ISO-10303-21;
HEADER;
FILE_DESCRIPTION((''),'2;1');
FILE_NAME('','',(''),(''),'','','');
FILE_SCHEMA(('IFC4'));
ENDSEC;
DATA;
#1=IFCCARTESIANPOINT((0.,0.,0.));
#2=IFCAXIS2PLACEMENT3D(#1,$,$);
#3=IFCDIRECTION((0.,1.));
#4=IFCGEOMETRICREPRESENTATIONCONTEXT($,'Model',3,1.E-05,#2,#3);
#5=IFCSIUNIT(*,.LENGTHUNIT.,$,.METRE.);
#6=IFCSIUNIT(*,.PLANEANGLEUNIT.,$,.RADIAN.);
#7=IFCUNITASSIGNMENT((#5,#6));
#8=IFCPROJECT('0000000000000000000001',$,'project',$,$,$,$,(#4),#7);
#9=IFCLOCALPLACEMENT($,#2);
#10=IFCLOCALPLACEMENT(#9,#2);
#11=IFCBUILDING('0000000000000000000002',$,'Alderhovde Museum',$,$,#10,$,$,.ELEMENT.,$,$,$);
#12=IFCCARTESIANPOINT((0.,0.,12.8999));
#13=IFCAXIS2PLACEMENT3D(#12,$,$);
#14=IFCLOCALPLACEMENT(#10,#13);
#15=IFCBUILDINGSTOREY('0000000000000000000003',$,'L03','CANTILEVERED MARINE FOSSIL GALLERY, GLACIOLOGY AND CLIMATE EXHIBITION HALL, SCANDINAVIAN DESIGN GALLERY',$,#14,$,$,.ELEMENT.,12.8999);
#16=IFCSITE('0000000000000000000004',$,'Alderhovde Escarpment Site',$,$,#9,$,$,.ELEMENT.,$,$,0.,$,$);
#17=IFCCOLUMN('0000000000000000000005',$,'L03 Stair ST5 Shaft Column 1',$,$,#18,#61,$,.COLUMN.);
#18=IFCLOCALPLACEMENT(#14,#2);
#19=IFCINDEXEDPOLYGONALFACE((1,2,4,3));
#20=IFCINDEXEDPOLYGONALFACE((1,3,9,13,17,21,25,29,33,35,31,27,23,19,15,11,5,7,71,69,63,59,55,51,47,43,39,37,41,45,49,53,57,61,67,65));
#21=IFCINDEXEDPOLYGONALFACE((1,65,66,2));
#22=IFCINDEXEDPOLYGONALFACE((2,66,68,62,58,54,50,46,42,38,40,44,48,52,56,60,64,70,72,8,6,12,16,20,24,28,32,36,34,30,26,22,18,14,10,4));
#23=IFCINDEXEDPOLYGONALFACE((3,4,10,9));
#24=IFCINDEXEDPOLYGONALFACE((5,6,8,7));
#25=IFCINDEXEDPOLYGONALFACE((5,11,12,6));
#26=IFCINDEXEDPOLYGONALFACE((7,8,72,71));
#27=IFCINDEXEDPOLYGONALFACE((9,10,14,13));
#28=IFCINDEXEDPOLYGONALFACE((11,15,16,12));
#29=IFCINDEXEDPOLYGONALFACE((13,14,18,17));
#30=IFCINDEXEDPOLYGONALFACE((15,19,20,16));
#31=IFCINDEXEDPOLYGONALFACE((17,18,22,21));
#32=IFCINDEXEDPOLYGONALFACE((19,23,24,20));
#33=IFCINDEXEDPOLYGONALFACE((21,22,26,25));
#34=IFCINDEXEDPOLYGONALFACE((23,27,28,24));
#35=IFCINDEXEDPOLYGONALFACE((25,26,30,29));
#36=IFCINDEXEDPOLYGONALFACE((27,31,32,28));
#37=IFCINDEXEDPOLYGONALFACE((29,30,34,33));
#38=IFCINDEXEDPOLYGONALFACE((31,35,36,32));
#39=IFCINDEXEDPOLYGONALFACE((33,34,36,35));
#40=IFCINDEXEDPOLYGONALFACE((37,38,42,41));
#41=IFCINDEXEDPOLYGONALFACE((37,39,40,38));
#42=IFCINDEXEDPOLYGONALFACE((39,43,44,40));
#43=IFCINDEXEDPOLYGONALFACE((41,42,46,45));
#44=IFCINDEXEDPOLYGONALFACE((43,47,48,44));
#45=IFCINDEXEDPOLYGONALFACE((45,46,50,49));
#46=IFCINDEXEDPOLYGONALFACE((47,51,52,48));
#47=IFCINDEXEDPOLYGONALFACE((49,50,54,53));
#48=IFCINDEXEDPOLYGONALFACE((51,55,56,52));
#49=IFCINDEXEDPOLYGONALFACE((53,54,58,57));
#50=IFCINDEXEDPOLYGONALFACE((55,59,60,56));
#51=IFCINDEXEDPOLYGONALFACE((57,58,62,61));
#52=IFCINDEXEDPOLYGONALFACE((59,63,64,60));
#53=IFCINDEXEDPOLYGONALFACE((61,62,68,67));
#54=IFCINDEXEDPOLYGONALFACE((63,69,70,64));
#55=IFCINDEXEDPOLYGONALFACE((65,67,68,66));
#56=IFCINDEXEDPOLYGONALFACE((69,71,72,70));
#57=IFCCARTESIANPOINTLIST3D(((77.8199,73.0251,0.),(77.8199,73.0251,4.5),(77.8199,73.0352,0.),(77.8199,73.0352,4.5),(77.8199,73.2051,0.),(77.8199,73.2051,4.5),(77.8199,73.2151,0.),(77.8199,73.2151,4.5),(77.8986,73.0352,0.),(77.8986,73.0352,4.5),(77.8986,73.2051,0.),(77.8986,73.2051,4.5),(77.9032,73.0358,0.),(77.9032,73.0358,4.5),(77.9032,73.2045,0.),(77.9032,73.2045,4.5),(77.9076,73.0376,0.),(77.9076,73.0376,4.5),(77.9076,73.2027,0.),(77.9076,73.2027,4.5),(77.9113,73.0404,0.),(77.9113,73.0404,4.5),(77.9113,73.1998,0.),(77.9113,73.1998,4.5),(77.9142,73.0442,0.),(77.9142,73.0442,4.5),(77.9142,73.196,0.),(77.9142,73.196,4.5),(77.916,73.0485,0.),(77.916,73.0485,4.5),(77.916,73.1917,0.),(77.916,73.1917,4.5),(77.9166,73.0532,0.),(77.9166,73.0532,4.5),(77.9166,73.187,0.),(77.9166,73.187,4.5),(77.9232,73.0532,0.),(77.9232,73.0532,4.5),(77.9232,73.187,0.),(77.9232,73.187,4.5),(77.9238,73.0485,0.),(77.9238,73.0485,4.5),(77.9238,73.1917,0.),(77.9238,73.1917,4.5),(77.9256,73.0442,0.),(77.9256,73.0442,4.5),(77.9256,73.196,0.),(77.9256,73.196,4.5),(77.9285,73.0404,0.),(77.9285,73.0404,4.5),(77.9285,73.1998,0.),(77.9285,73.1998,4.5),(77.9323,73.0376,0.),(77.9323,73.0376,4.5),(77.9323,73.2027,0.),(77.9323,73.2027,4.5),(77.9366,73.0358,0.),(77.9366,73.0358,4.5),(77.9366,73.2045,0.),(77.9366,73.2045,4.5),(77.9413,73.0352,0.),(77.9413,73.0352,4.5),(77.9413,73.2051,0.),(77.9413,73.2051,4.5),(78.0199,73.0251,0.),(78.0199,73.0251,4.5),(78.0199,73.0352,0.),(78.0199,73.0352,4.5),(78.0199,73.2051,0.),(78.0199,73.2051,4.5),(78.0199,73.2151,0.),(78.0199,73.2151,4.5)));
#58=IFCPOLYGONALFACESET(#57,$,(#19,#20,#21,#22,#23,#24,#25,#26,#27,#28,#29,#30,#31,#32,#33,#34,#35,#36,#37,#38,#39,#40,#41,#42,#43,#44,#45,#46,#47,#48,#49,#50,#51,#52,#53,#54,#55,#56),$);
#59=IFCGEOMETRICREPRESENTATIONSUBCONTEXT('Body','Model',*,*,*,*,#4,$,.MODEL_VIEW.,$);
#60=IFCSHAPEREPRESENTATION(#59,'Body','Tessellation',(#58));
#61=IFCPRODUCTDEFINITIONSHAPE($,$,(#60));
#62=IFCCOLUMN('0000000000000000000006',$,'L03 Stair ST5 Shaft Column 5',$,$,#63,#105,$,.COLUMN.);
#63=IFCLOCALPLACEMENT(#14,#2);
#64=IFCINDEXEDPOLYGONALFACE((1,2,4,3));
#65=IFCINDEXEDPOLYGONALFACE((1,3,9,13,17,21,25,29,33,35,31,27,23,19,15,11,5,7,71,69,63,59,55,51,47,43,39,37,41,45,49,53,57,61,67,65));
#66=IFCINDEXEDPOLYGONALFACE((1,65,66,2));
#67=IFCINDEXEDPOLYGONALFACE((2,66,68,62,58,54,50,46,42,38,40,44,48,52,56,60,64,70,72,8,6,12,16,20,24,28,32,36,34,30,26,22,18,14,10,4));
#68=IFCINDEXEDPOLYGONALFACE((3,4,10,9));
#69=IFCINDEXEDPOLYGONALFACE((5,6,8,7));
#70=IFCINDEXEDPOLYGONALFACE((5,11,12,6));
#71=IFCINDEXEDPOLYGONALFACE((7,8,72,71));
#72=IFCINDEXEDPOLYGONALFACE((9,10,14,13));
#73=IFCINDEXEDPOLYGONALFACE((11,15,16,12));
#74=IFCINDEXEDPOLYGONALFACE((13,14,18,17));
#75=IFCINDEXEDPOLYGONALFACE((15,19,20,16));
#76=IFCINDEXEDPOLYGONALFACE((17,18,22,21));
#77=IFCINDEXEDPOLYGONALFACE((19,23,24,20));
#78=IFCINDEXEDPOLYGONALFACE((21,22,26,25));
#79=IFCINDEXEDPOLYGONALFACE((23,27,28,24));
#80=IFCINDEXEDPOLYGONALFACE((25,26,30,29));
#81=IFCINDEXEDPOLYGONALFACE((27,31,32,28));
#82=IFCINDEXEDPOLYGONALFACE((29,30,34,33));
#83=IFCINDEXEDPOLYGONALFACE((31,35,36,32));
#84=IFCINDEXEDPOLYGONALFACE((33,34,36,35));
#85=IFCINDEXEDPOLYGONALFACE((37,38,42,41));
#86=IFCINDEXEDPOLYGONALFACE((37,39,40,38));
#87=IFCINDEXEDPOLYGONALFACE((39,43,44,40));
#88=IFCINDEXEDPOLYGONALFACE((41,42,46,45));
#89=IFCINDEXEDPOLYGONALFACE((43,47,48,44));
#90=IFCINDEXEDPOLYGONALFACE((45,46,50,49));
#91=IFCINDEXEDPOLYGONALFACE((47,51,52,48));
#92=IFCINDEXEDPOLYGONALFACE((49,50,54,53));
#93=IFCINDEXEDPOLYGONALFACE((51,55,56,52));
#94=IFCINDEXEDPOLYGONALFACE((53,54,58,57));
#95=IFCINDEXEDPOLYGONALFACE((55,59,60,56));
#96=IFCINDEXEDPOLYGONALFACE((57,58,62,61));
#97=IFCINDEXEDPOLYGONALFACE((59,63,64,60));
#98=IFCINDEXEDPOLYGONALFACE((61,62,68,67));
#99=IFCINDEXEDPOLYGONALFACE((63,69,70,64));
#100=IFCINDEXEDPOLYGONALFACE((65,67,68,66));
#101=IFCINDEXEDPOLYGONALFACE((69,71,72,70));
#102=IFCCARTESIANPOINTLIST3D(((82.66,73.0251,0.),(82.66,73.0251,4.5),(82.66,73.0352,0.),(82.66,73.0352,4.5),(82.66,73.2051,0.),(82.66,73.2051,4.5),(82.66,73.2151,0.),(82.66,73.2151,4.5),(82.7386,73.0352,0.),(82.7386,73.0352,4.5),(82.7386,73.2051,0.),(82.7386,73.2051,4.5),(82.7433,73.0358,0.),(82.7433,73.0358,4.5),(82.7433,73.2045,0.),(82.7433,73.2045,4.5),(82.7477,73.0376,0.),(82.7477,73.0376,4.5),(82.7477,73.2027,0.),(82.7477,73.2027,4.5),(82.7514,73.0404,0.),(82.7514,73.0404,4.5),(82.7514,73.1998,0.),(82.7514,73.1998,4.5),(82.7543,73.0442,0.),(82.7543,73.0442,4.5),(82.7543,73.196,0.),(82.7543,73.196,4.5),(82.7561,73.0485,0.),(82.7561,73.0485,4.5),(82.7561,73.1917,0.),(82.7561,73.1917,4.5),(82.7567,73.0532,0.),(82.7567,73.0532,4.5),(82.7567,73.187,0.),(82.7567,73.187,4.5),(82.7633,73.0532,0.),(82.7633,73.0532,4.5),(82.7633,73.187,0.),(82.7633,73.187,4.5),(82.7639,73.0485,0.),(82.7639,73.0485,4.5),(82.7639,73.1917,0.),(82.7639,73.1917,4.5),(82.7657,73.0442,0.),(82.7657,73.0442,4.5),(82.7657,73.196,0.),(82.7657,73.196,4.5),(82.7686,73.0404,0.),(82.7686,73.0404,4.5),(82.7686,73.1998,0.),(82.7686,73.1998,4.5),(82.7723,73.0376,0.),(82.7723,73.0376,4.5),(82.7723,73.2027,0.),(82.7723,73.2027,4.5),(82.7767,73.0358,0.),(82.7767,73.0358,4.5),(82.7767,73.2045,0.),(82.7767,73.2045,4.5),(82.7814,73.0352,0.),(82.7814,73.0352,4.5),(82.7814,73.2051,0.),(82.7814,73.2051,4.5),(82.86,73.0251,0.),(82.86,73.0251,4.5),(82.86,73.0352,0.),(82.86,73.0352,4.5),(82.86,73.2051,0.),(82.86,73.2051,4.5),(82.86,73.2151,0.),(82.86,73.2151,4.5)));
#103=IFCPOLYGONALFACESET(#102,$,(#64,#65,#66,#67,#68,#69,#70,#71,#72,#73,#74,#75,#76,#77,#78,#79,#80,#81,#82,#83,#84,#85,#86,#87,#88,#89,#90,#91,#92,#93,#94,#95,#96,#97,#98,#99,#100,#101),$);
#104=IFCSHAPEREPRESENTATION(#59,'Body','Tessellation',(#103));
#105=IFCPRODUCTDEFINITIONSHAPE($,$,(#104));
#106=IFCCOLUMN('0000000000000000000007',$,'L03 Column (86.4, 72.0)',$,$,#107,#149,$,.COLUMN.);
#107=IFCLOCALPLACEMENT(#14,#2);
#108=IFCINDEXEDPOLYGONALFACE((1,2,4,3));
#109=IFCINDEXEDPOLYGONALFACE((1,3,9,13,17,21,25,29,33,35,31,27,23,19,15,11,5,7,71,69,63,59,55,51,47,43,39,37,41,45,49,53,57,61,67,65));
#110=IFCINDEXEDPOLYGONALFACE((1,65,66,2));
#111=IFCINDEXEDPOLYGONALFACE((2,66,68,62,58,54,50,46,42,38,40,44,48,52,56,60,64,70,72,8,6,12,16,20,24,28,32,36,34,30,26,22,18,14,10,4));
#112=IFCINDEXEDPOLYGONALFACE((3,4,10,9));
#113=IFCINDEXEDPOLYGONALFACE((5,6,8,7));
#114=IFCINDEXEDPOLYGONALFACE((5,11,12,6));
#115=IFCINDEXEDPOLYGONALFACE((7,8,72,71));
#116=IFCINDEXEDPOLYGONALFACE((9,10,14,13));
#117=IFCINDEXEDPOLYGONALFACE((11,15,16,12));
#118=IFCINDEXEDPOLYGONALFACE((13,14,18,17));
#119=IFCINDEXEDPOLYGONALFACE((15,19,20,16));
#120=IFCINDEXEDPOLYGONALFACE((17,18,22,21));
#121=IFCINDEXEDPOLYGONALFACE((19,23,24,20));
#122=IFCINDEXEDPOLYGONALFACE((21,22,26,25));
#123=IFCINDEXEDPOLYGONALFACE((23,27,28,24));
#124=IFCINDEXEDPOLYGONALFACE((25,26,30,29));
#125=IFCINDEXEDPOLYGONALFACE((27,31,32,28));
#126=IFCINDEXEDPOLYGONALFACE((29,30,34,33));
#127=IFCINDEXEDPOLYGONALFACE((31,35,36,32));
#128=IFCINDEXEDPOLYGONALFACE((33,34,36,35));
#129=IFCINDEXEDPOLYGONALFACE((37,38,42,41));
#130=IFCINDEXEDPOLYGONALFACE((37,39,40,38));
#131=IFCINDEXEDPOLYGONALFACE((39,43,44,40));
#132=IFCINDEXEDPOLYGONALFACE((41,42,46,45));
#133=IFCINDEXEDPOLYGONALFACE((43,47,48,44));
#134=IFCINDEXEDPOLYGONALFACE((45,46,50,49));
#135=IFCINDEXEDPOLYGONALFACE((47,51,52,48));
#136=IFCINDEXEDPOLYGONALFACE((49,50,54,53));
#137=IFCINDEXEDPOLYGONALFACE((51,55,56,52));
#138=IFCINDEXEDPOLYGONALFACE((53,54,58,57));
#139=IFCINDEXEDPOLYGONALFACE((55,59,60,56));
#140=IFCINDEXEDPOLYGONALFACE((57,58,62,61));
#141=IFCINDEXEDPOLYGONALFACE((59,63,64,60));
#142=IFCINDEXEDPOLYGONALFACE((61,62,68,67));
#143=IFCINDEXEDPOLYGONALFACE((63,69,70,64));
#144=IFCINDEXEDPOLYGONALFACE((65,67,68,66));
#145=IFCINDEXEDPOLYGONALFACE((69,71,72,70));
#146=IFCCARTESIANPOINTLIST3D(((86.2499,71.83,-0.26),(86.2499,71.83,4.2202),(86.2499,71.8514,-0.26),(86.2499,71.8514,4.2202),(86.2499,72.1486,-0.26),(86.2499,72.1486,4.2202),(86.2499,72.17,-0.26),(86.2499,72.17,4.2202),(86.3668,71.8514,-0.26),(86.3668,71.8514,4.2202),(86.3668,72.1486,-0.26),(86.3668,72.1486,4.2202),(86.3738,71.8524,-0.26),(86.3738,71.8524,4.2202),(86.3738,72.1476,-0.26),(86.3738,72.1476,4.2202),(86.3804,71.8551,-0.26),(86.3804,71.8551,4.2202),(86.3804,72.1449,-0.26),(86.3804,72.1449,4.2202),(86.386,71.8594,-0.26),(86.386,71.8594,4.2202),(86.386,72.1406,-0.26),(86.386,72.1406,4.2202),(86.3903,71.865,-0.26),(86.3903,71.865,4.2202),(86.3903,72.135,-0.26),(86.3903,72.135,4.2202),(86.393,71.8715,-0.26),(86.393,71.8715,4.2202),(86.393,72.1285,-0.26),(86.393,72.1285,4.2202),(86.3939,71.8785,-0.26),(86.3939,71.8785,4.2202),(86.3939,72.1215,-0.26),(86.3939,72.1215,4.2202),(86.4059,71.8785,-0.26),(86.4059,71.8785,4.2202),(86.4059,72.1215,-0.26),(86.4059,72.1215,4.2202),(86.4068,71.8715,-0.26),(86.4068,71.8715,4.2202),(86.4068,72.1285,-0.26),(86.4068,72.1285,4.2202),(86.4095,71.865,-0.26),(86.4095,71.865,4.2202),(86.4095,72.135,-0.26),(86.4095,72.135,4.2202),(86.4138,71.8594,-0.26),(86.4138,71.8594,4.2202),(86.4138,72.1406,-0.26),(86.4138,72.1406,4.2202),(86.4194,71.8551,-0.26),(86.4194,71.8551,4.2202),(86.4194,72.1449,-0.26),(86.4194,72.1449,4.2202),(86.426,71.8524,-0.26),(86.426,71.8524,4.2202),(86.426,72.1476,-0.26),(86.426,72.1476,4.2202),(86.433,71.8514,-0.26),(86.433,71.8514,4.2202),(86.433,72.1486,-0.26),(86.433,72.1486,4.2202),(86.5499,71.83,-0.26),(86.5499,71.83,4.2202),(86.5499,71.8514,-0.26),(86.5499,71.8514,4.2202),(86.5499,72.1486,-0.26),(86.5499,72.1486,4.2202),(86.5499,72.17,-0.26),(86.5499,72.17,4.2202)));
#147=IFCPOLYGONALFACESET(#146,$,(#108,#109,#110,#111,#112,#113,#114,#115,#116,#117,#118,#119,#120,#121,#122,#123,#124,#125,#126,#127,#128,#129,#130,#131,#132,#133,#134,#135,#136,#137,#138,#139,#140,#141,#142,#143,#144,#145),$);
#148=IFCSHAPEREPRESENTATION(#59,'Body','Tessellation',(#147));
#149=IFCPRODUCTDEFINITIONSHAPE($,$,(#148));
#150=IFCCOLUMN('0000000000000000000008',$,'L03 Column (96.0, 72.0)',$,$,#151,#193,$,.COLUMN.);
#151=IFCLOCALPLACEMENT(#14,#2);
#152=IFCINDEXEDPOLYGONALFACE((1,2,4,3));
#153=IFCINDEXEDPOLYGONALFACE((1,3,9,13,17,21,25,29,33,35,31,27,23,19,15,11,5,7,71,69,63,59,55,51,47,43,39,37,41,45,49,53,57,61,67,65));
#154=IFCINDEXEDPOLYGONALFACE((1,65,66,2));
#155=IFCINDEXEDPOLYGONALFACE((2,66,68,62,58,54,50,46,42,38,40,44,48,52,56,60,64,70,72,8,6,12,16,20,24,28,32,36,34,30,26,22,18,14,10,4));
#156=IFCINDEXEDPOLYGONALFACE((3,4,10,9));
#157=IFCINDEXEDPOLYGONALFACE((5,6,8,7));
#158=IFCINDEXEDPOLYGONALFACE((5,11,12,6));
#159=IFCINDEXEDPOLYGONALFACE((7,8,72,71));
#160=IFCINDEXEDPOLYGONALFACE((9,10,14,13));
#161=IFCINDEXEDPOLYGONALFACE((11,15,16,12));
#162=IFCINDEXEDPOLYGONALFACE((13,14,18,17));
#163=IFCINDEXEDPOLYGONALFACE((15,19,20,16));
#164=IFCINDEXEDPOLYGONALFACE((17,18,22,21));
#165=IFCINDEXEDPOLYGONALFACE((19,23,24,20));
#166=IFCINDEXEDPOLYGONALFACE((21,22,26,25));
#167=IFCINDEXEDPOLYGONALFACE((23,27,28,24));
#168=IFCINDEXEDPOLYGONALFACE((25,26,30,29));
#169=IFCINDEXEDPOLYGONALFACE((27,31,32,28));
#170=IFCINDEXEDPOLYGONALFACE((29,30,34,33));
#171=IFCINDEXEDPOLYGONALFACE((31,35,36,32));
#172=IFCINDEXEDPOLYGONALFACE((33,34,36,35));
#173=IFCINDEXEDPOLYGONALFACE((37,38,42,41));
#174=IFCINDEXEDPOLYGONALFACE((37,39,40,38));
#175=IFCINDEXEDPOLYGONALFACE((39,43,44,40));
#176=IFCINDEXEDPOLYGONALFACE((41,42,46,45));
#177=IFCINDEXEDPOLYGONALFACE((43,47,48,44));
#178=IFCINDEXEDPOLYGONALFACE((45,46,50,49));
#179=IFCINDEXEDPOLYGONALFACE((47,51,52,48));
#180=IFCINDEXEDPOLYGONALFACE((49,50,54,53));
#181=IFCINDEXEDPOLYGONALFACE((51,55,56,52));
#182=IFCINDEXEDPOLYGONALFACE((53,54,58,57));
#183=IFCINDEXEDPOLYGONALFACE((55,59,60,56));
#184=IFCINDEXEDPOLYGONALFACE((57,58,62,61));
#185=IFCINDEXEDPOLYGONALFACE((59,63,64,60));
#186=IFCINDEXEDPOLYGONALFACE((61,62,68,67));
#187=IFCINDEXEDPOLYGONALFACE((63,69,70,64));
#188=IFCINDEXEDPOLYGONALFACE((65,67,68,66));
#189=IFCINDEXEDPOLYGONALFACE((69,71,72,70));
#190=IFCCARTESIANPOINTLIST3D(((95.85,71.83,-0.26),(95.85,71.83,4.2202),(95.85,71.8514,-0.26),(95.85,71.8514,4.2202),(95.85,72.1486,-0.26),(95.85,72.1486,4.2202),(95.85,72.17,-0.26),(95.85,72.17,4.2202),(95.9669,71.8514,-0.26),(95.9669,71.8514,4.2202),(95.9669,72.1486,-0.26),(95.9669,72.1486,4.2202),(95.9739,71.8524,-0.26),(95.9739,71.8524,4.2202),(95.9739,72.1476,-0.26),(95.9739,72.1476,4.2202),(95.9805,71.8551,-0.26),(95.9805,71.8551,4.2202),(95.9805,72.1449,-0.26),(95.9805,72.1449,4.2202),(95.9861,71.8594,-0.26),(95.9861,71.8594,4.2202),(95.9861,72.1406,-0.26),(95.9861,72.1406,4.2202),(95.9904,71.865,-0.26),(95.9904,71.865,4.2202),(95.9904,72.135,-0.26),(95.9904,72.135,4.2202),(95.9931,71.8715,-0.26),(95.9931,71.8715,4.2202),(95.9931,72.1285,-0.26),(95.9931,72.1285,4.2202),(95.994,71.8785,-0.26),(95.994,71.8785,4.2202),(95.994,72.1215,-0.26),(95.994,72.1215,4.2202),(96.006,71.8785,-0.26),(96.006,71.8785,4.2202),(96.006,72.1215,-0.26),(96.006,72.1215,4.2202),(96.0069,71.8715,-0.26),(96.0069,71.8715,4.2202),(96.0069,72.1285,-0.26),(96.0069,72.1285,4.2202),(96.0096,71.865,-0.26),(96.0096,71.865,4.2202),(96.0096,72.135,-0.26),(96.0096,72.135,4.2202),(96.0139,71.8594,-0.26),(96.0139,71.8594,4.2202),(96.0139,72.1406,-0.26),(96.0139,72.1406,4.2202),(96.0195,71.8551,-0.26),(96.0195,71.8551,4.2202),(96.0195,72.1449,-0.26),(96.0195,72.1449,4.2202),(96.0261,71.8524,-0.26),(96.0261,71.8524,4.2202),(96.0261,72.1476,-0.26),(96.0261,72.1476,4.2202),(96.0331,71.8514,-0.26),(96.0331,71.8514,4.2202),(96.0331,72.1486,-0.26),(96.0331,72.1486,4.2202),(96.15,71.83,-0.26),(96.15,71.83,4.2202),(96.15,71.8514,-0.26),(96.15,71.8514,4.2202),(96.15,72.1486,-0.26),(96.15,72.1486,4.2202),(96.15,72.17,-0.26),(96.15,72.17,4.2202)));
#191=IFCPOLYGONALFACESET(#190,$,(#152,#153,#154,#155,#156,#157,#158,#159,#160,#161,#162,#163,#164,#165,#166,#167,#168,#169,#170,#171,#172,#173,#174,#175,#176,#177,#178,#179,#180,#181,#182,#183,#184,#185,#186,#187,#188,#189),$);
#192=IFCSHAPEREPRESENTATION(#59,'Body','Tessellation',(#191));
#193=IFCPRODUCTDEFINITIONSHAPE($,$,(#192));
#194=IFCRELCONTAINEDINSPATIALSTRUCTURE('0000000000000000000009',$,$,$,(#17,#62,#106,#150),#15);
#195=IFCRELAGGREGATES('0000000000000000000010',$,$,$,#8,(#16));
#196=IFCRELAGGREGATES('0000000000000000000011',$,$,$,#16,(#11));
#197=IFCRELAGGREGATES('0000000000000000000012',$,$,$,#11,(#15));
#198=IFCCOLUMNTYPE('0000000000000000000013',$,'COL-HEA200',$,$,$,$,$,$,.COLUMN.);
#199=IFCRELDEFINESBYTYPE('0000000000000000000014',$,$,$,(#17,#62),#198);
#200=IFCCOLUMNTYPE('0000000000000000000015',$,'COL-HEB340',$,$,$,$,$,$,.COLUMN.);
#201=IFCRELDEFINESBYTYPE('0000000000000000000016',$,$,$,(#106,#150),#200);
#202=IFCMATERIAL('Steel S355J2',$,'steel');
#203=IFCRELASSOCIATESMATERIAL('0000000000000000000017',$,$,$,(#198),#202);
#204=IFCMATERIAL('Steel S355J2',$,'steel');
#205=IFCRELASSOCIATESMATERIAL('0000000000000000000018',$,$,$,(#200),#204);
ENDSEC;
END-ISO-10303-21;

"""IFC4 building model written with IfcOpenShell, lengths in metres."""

from ifc_helpers import new_model, si_unit, direction, frame, origin, origin_2d, place, context, subcontext, project, spatial, i_section, extrude, material, material_profile, profile_set, type_object, element, save


model = new_model("IFC4")

# Units and contexts
model_context = context("Model", 3, precision=1e-05, world=origin(), true_north=direction((0.0, 1.0)))
body_context = subcontext(model_context, "Body", "Model", "MODEL_VIEW")
ifc_project = project(units=[si_unit("LENGTHUNIT", "METRE"), si_unit("PLANEANGLEUNIT", "RADIAN")], contexts=[model_context])

# Site, building, storey
site_placement = place(None, origin())
site = spatial("IfcSite", under=ifc_project, at=site_placement, Name="Alderhovde Escarpment Site", CompositionType="ELEMENT", RefElevation=0.0)
building_placement = place(site_placement, origin())
building = spatial("IfcBuilding", under=site, at=building_placement, Name="Alderhovde Museum", CompositionType="ELEMENT")
storey_placement = place(building_placement, frame((0.0, 0.0, 12.8999)))
storey = spatial("IfcBuildingStorey", under=building, at=storey_placement, Name="L03", Description="CANTILEVERED MARINE FOSSIL GALLERY, GLACIOLOGY AND CLIMATE EXHIBITION HALL, SCANDINAVIAN DESIGN GALLERY", CompositionType="ELEMENT", Elevation=12.8999)

# Columns
ifc_material_1 = material(Name="Steel S355J2", Category="steel")
ifc_material_profile_1 = material_profile(ifc_material_1, i_section(OverallWidth=0.2, OverallDepth=0.1899, WebThickness=0.0066, FlangeThickness=0.01, FilletRadius=0.0181, at=origin_2d()), Name="HEA 200")
ifc_profile_set_1 = profile_set([ifc_material_profile_1], Name="Steel S355J2")
column_type_1 = type_object("IfcColumnType", Name="COL-HEA200", PredefinedType="COLUMN", material=ifc_profile_set_1)
for number, where, z_axis, x_axis, name in (
    (1, (77.9199, 73.1201, 0.0), (0.0, 0.0, 1.0), (1.0, 0.0, 0.0), "L03 Stair ST5 Shaft Column 1"),
    (2, (82.76, 73.1201, 0.0), (0.0, 0.0, 1.0), (1.0, 0.0, 0.0), "L03 Stair ST5 Shaft Column 5"),
):
    element("IfcColumn", number, at=place(storey_placement, frame(where, z_axis=z_axis, x_axis=x_axis)), inside=storey, type_object=column_type_1, Name=name, PredefinedType="COLUMN", context=body_context, shape_type="SweptSolid", body=[
        extrude(i_section(OverallWidth=0.2, OverallDepth=0.1899, WebThickness=0.0066, FlangeThickness=0.01, FilletRadius=0.0181, at=origin_2d()), origin(), (0.0, 0.0, 1.0), 4.5),
    ])
ifc_material_2 = material(Name="Steel S355J2", Category="steel")
ifc_material_profile_2 = material_profile(ifc_material_2, i_section(OverallWidth=0.3, OverallDepth=0.3401, WebThickness=0.012, FlangeThickness=0.0215, FilletRadius=0.0271, at=origin_2d()), Name="HEB 340")
ifc_profile_set_2 = profile_set([ifc_material_profile_2], Name="Steel S355J2")
column_type_2 = type_object("IfcColumnType", Name="COL-HEB340", PredefinedType="COLUMN", material=ifc_profile_set_2)
for number, where, z_axis, x_axis, name in (
    (3, (86.3999, 72.0, -0.26), (0.0, 0.0, 1.0), (1.0, 0.0, 0.0), "L03 Column (86.4, 72.0)"),
    (4, (96.0, 72.0, -0.26), (0.0, 0.0, 1.0), (1.0, 0.0, 0.0), "L03 Column (96.0, 72.0)"),
):
    element("IfcColumn", number, at=place(storey_placement, frame(where, z_axis=z_axis, x_axis=x_axis)), inside=storey, type_object=column_type_2, Name=name, PredefinedType="COLUMN", context=body_context, shape_type="SweptSolid", body=[
        extrude(i_section(OverallWidth=0.3, OverallDepth=0.3401, WebThickness=0.012, FlangeThickness=0.0215, FilletRadius=0.0271, at=origin_2d()), origin(), (0.0, 0.0, 1.0), 4.4802),
    ])

save(model, "model.ifc")
